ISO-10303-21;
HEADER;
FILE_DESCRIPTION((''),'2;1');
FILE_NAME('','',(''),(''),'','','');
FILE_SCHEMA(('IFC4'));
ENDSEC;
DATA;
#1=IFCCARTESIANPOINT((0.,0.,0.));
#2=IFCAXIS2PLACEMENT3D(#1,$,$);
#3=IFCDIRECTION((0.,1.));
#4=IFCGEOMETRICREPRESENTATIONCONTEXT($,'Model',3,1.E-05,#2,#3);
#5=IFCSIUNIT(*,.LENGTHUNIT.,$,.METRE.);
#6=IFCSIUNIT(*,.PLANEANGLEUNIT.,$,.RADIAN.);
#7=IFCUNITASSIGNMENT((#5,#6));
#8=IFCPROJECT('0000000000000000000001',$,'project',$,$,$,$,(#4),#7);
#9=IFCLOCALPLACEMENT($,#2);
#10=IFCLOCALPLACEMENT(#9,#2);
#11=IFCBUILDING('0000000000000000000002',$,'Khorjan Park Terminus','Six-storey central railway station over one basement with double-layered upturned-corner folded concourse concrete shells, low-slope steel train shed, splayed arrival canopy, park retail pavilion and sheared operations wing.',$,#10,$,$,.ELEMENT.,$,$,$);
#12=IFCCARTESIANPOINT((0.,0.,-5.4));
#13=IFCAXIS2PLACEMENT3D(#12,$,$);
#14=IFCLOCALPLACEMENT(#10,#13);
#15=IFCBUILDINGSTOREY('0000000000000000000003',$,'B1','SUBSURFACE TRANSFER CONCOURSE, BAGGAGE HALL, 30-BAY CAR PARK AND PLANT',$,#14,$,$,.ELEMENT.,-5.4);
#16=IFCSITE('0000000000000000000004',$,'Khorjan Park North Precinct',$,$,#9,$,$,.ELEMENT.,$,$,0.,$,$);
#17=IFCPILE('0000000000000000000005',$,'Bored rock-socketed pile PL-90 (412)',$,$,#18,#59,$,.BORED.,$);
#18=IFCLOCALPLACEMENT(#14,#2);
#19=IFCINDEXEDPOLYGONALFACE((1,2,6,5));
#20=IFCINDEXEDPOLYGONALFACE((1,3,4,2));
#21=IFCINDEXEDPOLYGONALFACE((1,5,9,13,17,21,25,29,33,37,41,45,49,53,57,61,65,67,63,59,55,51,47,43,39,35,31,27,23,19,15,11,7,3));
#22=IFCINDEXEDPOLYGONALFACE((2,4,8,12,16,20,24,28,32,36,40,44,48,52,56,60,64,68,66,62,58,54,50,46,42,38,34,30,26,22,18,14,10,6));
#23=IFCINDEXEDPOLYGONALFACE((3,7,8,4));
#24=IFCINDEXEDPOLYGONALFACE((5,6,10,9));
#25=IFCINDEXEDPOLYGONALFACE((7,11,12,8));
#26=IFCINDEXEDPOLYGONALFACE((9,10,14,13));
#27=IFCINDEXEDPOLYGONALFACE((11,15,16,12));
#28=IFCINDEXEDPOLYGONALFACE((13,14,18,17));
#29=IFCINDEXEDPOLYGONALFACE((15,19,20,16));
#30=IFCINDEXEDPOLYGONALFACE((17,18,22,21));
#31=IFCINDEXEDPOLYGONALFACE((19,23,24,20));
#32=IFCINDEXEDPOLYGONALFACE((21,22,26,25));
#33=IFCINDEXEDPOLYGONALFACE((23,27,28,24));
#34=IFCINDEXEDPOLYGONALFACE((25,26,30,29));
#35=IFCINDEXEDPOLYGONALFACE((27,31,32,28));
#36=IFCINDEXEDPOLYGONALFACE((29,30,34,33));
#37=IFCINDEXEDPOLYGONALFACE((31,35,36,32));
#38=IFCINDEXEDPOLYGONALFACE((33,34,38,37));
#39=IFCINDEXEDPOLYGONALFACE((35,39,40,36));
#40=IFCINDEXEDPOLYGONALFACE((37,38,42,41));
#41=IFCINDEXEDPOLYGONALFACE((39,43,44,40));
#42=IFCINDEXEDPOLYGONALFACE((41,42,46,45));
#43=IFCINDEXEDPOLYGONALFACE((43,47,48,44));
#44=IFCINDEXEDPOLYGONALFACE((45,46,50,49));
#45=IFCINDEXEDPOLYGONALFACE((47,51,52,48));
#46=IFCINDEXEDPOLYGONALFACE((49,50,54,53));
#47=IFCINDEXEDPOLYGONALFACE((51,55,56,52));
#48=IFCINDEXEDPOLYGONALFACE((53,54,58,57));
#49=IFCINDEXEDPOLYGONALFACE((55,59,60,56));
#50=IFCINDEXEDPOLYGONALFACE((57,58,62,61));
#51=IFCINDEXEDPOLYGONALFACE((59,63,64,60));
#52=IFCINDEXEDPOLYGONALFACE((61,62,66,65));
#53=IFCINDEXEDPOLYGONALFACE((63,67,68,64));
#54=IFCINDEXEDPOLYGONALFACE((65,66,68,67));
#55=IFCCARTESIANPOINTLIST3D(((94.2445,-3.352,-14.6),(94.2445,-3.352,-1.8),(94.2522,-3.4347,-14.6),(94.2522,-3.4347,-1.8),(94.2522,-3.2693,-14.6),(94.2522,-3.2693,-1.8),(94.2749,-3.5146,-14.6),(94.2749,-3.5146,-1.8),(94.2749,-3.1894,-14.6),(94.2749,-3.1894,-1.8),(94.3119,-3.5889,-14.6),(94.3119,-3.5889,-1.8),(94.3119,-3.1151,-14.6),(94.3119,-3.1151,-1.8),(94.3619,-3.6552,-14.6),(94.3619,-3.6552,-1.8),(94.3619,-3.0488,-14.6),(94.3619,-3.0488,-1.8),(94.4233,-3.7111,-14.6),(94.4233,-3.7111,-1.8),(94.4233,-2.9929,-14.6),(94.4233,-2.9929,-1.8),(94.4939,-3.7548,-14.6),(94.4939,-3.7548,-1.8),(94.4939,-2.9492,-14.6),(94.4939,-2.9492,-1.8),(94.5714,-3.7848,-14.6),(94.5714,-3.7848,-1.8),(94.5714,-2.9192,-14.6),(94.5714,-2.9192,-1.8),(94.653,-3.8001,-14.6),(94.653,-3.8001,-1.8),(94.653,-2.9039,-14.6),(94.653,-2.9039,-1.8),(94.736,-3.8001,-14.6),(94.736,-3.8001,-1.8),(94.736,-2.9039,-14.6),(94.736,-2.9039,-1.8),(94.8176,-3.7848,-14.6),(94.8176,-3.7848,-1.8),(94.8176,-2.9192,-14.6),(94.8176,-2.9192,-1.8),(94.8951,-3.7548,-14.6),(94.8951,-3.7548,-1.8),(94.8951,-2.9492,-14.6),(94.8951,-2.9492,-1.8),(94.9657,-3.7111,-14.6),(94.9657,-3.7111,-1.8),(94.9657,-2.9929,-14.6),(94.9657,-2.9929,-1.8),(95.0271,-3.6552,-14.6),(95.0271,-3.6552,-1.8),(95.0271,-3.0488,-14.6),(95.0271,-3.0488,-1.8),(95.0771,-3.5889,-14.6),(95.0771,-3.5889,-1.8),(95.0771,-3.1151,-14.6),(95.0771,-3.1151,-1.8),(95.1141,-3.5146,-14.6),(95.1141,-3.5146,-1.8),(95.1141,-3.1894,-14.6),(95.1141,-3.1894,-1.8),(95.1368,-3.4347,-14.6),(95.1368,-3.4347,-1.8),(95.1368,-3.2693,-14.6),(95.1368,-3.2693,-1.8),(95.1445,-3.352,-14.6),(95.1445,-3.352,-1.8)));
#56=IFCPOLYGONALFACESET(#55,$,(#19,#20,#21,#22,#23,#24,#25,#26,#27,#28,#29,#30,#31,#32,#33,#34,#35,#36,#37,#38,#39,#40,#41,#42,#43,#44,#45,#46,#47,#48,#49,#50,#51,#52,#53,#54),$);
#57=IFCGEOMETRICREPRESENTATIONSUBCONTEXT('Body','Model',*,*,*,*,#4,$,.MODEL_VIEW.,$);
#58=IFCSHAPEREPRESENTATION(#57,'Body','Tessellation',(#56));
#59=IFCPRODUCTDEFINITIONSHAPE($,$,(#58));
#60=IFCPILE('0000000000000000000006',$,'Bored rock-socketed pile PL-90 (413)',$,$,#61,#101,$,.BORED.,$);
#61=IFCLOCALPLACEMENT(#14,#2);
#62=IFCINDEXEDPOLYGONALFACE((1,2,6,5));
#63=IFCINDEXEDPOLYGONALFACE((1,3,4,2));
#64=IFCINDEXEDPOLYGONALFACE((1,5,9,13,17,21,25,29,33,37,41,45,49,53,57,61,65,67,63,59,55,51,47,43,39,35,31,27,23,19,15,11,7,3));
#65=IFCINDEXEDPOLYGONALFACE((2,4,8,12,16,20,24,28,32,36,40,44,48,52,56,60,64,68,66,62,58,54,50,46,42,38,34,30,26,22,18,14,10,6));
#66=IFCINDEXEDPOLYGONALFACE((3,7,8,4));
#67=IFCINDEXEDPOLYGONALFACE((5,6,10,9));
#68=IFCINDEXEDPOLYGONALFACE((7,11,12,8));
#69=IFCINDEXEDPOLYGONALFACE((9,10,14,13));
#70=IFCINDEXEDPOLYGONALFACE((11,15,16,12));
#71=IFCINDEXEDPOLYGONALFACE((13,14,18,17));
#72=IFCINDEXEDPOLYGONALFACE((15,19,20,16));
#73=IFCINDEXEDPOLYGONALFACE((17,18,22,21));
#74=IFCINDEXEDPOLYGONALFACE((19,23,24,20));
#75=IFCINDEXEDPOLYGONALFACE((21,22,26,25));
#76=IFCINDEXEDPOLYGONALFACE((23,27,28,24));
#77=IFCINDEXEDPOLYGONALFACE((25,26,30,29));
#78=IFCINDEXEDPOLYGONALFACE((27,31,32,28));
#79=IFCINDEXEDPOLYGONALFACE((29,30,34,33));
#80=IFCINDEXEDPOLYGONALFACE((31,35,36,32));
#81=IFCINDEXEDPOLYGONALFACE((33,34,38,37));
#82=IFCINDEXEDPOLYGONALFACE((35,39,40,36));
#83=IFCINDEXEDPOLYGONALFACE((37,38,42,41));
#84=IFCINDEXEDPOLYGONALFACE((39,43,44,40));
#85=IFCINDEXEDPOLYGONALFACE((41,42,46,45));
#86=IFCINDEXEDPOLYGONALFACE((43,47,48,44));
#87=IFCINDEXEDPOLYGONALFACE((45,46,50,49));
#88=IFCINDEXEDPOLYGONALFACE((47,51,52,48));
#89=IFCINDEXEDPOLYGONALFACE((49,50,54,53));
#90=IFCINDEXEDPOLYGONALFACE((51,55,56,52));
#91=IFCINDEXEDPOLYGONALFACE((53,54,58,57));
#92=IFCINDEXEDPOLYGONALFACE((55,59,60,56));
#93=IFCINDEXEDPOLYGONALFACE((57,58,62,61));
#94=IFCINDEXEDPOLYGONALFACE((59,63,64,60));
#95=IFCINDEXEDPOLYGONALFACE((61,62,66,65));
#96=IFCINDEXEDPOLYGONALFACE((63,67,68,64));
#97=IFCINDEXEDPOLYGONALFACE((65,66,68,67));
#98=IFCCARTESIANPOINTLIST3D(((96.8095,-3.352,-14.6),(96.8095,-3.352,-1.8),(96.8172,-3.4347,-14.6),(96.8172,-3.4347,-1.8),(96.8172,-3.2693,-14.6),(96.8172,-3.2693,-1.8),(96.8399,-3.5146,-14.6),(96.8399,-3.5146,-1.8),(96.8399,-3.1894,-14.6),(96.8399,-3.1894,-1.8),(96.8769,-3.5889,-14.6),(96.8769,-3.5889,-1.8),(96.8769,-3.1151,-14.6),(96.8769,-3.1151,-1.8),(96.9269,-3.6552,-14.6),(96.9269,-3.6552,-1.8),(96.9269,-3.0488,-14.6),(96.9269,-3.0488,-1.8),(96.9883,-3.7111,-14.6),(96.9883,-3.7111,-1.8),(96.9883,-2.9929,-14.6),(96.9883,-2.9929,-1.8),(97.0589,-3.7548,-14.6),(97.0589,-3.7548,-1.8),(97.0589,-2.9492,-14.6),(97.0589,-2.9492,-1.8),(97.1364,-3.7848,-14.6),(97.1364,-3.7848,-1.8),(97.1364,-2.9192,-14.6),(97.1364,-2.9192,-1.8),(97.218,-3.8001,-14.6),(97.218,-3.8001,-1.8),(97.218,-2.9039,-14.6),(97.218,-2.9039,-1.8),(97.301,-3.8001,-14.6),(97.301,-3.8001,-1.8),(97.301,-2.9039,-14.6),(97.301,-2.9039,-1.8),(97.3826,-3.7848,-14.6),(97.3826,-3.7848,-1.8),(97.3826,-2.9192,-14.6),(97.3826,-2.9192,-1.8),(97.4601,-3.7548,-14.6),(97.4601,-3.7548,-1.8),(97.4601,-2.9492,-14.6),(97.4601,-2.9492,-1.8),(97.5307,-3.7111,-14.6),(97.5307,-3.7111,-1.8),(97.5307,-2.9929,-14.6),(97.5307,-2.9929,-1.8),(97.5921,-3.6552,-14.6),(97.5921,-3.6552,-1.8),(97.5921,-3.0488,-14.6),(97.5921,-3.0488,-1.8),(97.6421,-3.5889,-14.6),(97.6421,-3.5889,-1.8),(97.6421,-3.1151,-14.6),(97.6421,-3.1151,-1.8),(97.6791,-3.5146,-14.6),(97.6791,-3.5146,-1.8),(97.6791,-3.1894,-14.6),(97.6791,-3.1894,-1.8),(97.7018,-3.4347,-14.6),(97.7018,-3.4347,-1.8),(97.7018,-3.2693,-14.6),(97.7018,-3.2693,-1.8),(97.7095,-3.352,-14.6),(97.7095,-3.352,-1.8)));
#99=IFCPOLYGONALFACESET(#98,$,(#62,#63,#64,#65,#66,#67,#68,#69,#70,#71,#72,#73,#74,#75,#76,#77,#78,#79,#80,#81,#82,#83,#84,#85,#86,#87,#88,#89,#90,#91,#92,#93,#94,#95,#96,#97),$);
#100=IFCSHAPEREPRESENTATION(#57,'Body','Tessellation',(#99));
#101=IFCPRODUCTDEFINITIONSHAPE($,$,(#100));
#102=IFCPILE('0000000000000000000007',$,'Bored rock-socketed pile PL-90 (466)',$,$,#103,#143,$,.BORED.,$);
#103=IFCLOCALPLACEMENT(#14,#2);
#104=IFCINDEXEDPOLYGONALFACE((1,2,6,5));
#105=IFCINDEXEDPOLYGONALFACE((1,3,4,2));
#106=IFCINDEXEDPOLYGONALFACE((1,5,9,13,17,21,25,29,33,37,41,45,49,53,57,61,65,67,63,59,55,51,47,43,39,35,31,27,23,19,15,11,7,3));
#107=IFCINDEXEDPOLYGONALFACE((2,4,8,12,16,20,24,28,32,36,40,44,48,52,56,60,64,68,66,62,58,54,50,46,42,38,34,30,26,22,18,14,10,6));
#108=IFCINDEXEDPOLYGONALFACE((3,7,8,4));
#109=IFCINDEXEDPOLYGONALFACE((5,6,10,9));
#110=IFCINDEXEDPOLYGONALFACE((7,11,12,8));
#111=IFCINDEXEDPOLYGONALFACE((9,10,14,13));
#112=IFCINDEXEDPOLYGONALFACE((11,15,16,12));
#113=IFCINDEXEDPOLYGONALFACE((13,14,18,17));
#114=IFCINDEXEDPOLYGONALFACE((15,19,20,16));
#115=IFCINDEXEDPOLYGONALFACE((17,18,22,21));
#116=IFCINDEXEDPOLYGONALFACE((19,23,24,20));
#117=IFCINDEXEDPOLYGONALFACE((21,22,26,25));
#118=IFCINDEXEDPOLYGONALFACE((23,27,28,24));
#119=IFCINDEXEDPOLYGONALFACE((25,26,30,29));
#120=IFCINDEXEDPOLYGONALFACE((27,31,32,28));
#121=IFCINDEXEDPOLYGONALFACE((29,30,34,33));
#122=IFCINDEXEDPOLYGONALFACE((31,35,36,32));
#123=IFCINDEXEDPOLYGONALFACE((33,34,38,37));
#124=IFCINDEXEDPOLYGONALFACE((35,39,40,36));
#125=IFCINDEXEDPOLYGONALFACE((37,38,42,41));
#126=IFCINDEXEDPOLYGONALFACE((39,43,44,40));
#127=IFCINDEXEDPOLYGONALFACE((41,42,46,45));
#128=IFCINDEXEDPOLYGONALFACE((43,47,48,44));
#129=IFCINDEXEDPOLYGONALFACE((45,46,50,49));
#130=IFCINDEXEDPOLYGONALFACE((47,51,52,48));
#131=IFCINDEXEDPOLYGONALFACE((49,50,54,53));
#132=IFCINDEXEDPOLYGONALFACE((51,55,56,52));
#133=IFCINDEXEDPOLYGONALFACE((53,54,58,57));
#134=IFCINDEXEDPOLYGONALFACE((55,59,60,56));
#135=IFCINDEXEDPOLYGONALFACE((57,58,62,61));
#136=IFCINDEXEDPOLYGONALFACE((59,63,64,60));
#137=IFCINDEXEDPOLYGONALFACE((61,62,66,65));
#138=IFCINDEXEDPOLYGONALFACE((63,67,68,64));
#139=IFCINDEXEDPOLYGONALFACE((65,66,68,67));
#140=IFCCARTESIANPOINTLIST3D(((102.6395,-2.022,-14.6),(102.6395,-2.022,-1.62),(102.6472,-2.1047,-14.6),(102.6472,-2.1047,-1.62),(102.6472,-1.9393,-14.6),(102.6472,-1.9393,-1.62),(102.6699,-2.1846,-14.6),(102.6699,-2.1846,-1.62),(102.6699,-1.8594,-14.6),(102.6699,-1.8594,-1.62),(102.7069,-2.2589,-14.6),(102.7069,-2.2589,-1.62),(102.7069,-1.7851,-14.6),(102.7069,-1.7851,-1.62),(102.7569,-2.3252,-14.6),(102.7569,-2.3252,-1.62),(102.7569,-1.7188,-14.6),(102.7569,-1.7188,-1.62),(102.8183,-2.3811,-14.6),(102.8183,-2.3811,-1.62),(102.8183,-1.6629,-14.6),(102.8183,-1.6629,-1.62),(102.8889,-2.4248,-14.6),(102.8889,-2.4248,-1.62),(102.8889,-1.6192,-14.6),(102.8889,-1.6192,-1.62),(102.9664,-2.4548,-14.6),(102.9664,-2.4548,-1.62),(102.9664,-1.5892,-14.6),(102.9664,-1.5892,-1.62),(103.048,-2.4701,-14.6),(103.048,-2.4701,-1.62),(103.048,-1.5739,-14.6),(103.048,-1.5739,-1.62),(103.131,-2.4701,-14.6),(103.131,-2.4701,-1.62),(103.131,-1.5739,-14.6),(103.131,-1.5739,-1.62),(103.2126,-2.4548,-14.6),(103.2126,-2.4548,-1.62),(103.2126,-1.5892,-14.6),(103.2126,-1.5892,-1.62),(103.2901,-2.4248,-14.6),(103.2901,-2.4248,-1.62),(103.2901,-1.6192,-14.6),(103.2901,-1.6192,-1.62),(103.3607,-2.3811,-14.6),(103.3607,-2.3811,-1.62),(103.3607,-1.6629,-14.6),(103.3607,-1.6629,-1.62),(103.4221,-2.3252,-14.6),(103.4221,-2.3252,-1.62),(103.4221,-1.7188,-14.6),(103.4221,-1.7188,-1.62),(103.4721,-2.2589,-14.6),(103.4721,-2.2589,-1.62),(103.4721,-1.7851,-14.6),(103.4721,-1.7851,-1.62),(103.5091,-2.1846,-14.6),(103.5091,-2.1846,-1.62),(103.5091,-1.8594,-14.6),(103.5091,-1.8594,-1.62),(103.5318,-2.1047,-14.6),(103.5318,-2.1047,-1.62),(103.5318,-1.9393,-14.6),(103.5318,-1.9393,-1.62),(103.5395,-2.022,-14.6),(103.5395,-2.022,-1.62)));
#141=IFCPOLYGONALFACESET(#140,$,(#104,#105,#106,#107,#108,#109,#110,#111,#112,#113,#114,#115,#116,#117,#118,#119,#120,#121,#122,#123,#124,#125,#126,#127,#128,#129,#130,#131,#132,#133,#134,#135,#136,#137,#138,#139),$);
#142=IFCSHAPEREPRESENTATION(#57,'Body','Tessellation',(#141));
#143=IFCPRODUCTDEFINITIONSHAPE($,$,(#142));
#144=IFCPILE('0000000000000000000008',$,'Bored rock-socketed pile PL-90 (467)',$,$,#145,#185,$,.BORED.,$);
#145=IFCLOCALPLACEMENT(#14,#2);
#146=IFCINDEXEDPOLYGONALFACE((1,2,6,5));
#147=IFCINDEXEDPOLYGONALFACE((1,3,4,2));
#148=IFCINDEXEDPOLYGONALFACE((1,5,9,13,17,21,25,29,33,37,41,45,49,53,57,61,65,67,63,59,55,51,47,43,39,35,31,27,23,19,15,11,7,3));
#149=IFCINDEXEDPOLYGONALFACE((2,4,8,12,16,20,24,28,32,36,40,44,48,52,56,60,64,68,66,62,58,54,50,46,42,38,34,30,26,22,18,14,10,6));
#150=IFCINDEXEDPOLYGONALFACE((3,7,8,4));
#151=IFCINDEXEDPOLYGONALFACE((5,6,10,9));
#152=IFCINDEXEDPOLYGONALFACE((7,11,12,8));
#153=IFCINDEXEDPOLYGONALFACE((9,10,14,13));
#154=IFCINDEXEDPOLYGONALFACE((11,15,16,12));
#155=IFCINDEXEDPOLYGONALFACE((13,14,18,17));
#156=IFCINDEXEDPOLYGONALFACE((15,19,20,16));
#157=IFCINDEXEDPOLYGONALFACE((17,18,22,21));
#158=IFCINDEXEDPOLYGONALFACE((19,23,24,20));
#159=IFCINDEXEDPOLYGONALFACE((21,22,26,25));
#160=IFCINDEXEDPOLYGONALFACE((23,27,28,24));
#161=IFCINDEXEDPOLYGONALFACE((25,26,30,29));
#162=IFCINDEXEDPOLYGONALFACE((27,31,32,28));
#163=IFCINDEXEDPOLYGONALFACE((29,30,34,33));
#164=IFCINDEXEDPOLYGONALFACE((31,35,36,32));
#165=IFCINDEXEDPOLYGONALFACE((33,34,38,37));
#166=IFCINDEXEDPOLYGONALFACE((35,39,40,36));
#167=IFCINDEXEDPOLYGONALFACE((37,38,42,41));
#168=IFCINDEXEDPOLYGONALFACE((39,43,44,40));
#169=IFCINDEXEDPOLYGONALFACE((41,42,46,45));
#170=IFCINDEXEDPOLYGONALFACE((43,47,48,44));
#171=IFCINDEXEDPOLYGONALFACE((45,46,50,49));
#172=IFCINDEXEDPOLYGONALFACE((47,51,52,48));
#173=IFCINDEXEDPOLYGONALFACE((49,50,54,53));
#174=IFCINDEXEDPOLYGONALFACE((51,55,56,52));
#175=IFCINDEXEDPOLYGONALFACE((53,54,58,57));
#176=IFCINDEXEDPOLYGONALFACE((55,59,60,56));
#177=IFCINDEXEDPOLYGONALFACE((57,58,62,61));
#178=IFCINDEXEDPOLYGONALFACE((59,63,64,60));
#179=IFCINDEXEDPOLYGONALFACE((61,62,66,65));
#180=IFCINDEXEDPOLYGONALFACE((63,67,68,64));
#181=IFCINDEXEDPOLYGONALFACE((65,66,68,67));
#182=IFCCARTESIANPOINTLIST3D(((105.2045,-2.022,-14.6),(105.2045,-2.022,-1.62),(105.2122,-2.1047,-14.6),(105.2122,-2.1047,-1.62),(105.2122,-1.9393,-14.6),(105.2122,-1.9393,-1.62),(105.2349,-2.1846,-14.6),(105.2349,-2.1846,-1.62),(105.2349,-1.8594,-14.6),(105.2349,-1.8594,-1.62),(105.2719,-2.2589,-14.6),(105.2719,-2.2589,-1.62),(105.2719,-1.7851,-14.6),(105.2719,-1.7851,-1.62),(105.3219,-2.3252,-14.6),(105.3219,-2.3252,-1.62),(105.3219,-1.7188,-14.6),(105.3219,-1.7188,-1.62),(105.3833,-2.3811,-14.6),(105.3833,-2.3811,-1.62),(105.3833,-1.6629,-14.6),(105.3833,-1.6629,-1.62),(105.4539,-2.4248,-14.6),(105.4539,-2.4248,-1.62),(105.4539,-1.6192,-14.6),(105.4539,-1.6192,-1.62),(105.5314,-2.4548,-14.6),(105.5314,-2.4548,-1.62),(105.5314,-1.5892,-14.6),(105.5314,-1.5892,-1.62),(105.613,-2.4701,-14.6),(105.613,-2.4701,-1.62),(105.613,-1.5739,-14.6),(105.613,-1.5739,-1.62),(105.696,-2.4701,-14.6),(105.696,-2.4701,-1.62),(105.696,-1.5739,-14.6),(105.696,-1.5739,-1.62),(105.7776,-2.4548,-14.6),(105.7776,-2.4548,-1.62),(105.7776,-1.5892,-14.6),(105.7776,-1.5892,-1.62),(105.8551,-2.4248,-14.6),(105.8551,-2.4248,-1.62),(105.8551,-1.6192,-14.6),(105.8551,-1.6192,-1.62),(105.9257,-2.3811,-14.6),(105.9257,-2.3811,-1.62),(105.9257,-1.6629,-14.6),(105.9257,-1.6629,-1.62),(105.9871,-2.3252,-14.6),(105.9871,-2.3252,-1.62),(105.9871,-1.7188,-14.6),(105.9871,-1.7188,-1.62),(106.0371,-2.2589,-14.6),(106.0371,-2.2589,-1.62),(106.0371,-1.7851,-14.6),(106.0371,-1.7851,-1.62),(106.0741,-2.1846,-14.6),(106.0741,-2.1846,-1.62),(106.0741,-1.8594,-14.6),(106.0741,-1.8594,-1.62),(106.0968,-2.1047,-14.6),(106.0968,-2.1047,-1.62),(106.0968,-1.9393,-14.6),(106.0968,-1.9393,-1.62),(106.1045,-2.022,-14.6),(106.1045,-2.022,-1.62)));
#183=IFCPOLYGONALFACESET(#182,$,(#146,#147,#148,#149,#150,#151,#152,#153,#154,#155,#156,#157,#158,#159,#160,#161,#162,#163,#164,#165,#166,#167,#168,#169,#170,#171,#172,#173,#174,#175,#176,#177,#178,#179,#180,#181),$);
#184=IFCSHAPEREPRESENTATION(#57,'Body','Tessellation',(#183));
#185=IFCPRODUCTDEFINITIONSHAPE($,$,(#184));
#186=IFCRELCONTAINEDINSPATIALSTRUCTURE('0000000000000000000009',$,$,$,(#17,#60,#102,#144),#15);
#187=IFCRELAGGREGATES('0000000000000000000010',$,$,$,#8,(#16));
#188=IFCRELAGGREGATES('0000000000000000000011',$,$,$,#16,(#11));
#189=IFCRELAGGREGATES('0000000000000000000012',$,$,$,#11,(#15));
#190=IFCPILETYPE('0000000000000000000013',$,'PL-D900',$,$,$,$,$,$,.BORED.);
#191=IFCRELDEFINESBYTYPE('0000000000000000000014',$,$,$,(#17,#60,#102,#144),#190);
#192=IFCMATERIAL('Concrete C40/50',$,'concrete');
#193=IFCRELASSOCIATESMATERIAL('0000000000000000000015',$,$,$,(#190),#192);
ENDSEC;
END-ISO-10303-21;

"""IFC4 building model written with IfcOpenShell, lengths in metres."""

from ifc_helpers import new_model, si_unit, direction, frame, origin, origin_2d, place, context, subcontext, project, spatial, circle, extrude, material, material_profile, profile_set, type_object, element, save


model = new_model("IFC4")

# Units and contexts
model_context = context("Model", 3, precision=1e-05, world=origin(), true_north=direction((0.0, 1.0)))
body_context = subcontext(model_context, "Body", "Model", "MODEL_VIEW")
ifc_project = project(units=[si_unit("LENGTHUNIT", "METRE"), si_unit("PLANEANGLEUNIT", "RADIAN")], contexts=[model_context])

# Site, building, storey
site_placement = place(None, origin())
site = spatial("IfcSite", under=ifc_project, at=site_placement, Name="Khorjan Park North Precinct", CompositionType="ELEMENT", RefElevation=0.0)
building_placement = place(site_placement, origin())
building = spatial("IfcBuilding", under=site, at=building_placement, Name="Khorjan Park Terminus", Description="Six-storey central railway station over one basement with double-layered upturned-corner folded concourse concrete shells, low-slope steel train shed, splayed arrival canopy, park retail pavilion and sheared operations wing.", CompositionType="ELEMENT")
storey_placement = place(building_placement, frame((0.0, 0.0, -5.4)))
storey = spatial("IfcBuildingStorey", under=building, at=storey_placement, Name="B1", Description="SUBSURFACE TRANSFER CONCOURSE, BAGGAGE HALL, 30-BAY CAR PARK AND PLANT", CompositionType="ELEMENT", Elevation=-5.4)

# Shared definitions
ifc_material_1 = material(Name="Concrete C40/50", Category="concrete")

# Piles
ifc_material_profile_1 = material_profile(ifc_material_1, circle(Radius=0.45, at=origin_2d()), Name="BORED D900")
ifc_profile_set_1 = profile_set([ifc_material_profile_1], Name="Concrete C40/50")
pile_type_1 = type_object("IfcPileType", Name="PL-D900", PredefinedType="BORED", material=ifc_profile_set_1)
for number, where, z_axis, x_axis, name in (
    (1, (94.6945, -3.352, -1.8), (0.0, 0.0, -1.0), (1.0, 0.0, 0.0), "Bored rock-socketed pile PL-90 (412)"),
    (2, (97.2595, -3.352, -1.8), (0.0, 0.0, -1.0), (1.0, 0.0, 0.0), "Bored rock-socketed pile PL-90 (413)"),
):
    element("IfcPile", number, at=place(storey_placement, frame(where, z_axis=z_axis, x_axis=x_axis)), inside=storey, type_object=pile_type_1, Name=name, PredefinedType="BORED", context=body_context, shape_type="SweptSolid", body=[
        extrude(circle(Radius=0.45, at=origin_2d()), origin(), (0.0, 0.0, 1.0), 12.8),
    ])
for number, where, z_axis, x_axis, name in (
    (3, (103.0895, -2.022, -1.62), (0.0, 0.0, -1.0), (1.0, 0.0, 0.0), "Bored rock-socketed pile PL-90 (466)"),
    (4, (105.6545, -2.022, -1.62), (0.0, 0.0, -1.0), (1.0, 0.0, 0.0), "Bored rock-socketed pile PL-90 (467)"),
):
    element("IfcPile", number, at=place(storey_placement, frame(where, z_axis=z_axis, x_axis=x_axis)), inside=storey, type_object=pile_type_1, Name=name, PredefinedType="BORED", context=body_context, shape_type="SweptSolid", body=[
        extrude(circle(Radius=0.45, at=origin_2d()), origin(), (0.0, 0.0, 1.0), 12.98),
    ])

save(model, "model.ifc")
